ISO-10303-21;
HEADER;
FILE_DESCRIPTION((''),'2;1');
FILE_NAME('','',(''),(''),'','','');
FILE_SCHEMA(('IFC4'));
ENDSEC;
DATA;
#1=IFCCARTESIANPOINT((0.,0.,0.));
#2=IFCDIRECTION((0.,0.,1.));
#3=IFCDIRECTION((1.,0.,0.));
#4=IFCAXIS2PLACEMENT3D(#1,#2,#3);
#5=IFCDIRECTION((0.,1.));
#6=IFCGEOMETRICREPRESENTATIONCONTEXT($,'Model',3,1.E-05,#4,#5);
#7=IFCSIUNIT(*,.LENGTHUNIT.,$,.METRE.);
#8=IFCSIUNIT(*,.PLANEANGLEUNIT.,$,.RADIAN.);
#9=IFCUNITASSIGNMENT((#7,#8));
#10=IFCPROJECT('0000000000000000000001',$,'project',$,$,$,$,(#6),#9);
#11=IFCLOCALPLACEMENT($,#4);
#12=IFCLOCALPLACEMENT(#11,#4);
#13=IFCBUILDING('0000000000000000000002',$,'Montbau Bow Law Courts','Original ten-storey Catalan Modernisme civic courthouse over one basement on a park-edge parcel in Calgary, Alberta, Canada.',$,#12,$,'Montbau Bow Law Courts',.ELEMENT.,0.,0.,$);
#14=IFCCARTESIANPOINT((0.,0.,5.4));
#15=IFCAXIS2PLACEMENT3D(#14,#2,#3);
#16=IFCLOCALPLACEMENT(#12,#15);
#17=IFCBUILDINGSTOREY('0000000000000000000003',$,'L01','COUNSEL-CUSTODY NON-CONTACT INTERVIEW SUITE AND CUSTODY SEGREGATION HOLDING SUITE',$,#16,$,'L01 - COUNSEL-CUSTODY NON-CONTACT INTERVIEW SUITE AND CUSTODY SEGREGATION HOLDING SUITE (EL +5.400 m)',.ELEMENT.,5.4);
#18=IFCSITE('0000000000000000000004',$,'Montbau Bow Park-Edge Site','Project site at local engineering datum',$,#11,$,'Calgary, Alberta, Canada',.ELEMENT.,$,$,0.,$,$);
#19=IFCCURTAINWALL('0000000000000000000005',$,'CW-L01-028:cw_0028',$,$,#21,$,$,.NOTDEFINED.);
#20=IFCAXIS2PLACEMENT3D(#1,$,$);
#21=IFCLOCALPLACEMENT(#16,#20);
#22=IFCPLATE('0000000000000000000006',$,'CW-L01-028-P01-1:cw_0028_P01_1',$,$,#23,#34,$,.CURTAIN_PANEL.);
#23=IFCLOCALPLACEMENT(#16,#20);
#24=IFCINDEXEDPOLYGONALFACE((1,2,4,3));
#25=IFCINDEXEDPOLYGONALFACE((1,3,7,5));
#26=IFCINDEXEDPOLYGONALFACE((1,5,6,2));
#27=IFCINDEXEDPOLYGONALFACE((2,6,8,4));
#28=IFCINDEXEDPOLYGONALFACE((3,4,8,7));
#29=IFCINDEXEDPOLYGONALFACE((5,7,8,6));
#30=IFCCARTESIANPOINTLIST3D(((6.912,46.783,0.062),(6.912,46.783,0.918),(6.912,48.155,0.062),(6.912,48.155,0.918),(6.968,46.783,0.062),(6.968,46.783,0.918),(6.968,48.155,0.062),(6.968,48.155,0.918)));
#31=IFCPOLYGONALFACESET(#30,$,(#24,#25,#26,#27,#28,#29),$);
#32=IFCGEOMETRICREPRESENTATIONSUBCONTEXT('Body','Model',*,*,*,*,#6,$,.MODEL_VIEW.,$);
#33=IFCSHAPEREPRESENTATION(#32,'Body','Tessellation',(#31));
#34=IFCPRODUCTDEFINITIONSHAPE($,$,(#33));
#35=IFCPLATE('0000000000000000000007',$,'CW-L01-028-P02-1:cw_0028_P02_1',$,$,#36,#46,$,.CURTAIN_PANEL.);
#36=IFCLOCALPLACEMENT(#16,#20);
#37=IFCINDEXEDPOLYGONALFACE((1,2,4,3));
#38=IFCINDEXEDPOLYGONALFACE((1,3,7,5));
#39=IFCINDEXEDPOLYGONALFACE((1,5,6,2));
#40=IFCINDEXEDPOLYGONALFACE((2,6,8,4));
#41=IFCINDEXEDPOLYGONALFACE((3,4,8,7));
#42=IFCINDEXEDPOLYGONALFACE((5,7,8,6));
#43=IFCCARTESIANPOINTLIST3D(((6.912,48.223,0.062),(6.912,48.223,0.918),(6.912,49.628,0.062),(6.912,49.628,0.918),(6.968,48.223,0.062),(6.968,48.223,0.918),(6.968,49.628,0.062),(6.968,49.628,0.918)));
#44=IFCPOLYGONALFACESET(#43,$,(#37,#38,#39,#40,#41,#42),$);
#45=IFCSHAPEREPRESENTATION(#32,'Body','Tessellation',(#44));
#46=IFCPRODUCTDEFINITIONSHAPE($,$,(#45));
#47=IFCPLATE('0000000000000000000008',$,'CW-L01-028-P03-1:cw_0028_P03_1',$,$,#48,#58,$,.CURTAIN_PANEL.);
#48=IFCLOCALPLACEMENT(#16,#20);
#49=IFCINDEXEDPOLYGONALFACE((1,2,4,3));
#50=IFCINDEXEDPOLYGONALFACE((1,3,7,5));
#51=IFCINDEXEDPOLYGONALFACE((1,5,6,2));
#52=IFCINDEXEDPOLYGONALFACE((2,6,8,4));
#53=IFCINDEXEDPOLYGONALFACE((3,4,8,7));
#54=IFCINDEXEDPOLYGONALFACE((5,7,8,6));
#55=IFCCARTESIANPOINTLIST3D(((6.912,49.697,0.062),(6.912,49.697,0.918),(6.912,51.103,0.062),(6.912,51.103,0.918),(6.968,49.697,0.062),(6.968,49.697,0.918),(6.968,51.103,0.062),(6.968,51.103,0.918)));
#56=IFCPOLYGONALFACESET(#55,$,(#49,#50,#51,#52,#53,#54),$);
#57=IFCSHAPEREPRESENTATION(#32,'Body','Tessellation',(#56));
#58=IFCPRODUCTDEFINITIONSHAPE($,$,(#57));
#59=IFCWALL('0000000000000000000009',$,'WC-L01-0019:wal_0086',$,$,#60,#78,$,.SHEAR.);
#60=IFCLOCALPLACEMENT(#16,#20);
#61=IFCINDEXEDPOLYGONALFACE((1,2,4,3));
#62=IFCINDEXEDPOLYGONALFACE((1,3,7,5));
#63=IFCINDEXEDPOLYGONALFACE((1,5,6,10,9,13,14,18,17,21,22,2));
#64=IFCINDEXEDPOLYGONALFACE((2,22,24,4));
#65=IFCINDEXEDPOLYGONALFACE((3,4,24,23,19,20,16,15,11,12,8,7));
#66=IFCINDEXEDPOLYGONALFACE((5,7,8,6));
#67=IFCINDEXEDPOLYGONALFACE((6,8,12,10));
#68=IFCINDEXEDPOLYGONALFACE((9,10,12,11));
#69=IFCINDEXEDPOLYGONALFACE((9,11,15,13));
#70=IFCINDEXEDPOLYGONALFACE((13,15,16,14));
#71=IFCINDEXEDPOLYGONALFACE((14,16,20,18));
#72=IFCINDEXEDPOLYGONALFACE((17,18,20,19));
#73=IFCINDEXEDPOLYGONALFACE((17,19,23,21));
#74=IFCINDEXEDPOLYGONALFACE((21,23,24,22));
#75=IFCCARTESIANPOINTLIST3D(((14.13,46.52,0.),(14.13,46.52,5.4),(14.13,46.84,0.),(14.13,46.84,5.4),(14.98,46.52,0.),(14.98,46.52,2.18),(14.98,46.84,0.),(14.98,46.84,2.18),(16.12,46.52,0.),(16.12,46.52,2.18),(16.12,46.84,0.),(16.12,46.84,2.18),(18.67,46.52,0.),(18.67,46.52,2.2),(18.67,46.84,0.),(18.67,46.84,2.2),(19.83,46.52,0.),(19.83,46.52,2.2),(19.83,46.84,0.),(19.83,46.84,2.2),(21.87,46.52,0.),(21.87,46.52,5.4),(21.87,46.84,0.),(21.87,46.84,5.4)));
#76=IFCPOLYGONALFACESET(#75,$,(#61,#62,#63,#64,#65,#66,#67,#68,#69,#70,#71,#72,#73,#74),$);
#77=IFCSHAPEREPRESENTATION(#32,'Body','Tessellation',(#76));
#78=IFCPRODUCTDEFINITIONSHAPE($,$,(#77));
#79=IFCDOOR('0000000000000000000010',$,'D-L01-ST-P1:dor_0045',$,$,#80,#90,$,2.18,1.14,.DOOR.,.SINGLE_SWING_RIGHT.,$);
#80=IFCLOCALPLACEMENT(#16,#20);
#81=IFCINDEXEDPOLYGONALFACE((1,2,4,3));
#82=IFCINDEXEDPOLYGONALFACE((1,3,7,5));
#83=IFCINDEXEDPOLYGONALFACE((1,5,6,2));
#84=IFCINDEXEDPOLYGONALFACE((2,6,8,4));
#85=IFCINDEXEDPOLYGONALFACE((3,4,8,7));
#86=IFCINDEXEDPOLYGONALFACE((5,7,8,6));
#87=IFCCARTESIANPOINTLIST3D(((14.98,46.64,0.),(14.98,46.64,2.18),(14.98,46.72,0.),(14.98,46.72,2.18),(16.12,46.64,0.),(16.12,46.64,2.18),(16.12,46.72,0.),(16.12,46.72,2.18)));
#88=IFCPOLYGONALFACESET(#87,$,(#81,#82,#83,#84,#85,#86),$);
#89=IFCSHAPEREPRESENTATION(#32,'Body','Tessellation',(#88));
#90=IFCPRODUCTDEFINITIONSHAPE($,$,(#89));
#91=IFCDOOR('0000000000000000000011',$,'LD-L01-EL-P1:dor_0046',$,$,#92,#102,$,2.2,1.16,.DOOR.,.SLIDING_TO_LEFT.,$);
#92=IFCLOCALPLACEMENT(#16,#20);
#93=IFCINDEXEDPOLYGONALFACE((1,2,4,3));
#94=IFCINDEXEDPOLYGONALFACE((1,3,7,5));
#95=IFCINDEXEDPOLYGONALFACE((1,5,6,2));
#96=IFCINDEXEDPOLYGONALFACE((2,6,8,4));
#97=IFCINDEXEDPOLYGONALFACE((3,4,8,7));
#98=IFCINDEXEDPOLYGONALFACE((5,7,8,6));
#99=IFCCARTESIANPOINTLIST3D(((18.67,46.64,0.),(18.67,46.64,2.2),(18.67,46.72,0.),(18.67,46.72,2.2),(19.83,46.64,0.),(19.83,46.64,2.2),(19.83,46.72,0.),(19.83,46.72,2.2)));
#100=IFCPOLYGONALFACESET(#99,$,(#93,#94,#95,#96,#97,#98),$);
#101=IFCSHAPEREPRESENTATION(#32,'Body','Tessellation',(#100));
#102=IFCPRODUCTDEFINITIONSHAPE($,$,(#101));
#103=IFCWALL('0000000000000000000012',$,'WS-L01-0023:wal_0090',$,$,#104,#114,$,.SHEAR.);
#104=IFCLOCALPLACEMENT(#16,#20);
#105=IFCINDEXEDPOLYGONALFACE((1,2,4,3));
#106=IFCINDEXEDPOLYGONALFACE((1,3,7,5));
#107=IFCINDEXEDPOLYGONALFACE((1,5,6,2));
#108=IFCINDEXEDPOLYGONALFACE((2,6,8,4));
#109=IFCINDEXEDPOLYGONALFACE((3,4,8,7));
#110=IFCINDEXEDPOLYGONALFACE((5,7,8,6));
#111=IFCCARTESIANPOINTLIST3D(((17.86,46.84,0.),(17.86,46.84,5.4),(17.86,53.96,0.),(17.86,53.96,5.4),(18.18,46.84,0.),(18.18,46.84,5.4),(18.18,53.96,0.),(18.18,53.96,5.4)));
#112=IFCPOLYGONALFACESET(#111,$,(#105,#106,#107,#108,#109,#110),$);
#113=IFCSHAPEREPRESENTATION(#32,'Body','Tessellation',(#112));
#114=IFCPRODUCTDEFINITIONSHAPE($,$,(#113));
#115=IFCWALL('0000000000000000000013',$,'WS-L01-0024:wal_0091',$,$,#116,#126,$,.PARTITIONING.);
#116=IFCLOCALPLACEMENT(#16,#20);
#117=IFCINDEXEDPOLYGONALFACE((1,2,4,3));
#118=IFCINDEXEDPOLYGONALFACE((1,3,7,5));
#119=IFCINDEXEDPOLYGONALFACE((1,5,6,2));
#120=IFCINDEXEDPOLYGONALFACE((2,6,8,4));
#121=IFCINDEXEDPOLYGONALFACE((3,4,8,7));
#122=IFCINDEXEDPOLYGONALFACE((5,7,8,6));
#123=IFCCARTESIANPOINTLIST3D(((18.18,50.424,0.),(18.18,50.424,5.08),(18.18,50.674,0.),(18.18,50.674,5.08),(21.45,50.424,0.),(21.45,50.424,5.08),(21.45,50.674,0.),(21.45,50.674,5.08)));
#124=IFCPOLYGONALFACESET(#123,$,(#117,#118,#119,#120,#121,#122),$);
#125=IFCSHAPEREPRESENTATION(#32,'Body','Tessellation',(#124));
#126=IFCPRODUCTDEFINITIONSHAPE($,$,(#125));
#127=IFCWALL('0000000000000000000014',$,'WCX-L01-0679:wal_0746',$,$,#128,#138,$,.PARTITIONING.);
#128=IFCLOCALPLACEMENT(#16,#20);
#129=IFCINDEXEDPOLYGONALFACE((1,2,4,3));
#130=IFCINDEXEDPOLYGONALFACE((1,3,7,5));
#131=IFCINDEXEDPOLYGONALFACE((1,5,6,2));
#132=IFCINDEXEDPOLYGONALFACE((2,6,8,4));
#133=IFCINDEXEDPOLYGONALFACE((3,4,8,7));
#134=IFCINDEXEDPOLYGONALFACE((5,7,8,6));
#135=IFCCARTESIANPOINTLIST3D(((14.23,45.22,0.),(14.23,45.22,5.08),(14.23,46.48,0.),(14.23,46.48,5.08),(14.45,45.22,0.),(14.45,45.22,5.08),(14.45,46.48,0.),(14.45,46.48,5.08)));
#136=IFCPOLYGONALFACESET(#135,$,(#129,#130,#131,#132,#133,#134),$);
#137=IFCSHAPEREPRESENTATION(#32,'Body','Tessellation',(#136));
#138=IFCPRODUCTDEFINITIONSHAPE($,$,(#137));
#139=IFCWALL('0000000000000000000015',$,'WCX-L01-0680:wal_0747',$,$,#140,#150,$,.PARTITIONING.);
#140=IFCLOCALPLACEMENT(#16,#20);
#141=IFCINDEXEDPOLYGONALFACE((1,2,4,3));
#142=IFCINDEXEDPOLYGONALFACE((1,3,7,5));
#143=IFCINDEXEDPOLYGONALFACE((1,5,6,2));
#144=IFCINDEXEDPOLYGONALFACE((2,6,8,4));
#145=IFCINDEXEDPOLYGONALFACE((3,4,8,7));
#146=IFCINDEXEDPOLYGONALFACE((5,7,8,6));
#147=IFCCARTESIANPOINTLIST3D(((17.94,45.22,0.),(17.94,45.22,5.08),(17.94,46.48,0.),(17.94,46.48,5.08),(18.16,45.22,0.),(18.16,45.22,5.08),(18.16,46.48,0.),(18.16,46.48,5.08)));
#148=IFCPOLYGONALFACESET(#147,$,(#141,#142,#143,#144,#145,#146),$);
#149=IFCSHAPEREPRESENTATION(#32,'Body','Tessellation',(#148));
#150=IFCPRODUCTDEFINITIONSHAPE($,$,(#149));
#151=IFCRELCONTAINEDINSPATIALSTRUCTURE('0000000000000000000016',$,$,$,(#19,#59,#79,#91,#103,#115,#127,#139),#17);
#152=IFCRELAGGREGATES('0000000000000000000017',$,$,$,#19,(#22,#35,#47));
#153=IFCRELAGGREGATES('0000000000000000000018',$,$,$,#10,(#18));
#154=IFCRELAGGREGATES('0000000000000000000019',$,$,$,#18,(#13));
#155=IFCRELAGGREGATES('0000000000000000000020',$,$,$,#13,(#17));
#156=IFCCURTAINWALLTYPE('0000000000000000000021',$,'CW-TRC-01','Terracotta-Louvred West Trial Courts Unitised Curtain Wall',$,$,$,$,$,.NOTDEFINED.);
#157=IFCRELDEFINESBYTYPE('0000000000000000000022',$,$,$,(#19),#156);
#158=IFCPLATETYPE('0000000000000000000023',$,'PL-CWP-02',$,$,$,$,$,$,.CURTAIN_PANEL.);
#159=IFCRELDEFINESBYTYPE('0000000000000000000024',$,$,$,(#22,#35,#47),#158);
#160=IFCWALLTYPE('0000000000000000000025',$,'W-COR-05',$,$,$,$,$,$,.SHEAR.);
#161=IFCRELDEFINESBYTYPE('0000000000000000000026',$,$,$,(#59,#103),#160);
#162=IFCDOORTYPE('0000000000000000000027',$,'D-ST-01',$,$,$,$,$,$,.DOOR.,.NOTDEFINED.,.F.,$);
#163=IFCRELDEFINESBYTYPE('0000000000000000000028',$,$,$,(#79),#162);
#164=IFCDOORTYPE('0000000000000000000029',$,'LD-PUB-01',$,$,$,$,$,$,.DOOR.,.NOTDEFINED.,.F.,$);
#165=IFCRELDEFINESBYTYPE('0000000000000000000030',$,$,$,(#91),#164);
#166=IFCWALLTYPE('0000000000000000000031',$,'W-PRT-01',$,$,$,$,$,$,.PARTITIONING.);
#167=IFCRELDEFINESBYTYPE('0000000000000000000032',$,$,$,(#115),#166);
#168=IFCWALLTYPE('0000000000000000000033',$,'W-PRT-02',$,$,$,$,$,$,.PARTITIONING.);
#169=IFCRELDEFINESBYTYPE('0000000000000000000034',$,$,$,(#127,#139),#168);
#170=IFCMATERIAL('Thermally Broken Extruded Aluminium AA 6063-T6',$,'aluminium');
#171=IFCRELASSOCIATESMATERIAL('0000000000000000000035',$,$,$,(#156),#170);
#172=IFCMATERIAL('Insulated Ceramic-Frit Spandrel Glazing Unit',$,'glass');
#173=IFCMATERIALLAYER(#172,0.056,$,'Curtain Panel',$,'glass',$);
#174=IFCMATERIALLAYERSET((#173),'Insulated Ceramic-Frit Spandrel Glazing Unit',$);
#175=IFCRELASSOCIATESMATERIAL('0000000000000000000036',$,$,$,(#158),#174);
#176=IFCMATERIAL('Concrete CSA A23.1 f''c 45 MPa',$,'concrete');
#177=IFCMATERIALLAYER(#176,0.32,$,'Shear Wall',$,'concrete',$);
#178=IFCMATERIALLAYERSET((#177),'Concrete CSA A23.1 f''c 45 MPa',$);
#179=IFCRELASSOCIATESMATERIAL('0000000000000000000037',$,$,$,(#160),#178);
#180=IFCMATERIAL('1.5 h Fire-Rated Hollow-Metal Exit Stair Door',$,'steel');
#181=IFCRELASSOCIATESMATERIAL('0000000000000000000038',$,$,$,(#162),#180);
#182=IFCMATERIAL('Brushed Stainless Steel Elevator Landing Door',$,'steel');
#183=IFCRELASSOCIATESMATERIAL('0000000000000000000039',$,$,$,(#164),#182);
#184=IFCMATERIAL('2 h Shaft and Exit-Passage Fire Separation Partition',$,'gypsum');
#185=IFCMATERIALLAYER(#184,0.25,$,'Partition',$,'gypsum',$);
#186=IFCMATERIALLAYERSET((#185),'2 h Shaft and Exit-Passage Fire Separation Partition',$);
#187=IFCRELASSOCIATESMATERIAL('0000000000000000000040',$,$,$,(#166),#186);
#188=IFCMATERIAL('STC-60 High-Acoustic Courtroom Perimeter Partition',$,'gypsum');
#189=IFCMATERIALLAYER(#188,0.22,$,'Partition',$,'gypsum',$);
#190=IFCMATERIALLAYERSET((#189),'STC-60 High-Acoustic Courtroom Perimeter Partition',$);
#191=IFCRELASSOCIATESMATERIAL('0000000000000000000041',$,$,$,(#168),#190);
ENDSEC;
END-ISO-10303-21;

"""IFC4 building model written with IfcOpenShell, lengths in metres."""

from ifc_helpers import new_model, si_unit, direction, frame, frame_2d, origin_with_axes, place, context, subcontext, project, spatial, rectangle, extrude, material, layer, layer_set, type_object, element, fill, aggregate, save


model = new_model("IFC4")

# Units and contexts
model_context = context("Model", 3, precision=1e-05, world=origin_with_axes(), true_north=direction((0.0, 1.0)))
body_context = subcontext(model_context, "Body", "Model", "MODEL_VIEW")
ifc_project = project(units=[si_unit("LENGTHUNIT", "METRE"), si_unit("PLANEANGLEUNIT", "RADIAN")], contexts=[model_context])

# Site, building, storey
site_placement = place(None, origin_with_axes())
site = spatial("IfcSite", under=ifc_project, at=site_placement, Name="Montbau Bow Park-Edge Site", Description="Project site at local engineering datum", LongName="Calgary, Alberta, Canada", CompositionType="ELEMENT", RefElevation=0.0)
building_placement = place(site_placement, origin_with_axes())
building = spatial("IfcBuilding", under=site, at=building_placement, Name="Montbau Bow Law Courts", Description="Original ten-storey Catalan Modernisme civic courthouse over one basement on a park-edge parcel in Calgary, Alberta, Canada.", LongName="Montbau Bow Law Courts", CompositionType="ELEMENT", ElevationOfRefHeight=0.0, ElevationOfTerrain=0.0)
storey_placement = place(building_placement, frame((0.0, 0.0, 5.4), z_axis=(0.0, 0.0, 1.0), x_axis=(1.0, 0.0, 0.0)))
storey = spatial("IfcBuildingStorey", under=building, at=storey_placement, Name="L01", Description="COUNSEL-CUSTODY NON-CONTACT INTERVIEW SUITE AND CUSTODY SEGREGATION HOLDING SUITE", LongName="L01 - COUNSEL-CUSTODY NON-CONTACT INTERVIEW SUITE AND CUSTODY SEGREGATION HOLDING SUITE (EL +5.400 m)", CompositionType="ELEMENT", Elevation=5.4)

# Shared definitions
ifc_material_1 = material(Name="Thermally Broken Extruded Aluminium AA 6063-T6", Category="aluminium")
curtain_wall_type = type_object("IfcCurtainWallType", Name="CW-TRC-01", Description="Terracotta-Louvred West Trial Courts Unitised Curtain Wall", PredefinedType="NOTDEFINED", material=ifc_material_1)

# Curtain wall, plates
curtain_wall_1_placement = place(None, frame((6.94, 46.715, 5.4), z_axis=(0.0, 0.0, 1.0), x_axis=(1.0, 0.0, 0.0)))
curtain_wall_1 = element("IfcCurtainWall", 1, at=curtain_wall_1_placement, inside=storey, type_object=curtain_wall_type, Name="CW-L01-028:cw_0028", PredefinedType="NOTDEFINED")
ifc_material_2 = material(Name="Insulated Ceramic-Frit Spandrel Glazing Unit", Category="glass")
ifc_layer_1 = layer(ifc_material_2, 0.056, Name="Curtain Panel", Category="glass")
ifc_layer_set_1 = layer_set([ifc_layer_1], Name="Insulated Ceramic-Frit Spandrel Glazing Unit")
plate_type_1 = type_object("IfcPlateType", Name="PL-CWP-02", PredefinedType="CURTAIN_PANEL", material=ifc_layer_set_1)
plate_1_placement = place(None, frame((6.94, 46.783, 5.462), z_axis=(1.0, 0.0, 0.0), x_axis=(0.0, 1.0, 0.0)))
plate_1 = element("IfcPlate", 2, at=plate_1_placement, type_object=plate_type_1, Name="CW-L01-028-P01-1:cw_0028_P01_1", PredefinedType="CURTAIN_PANEL", context=body_context, shape_type="SweptSolid", body=[
    extrude(rectangle(XDim=1.372, YDim=0.856, at=frame_2d((0.686, 0.428), x_axis=(1.0, 0.0))), frame((0.0, 0.0, -0.028), z_axis=(0.0, 0.0, 1.0), x_axis=(1.0, 0.0, 0.0)), (0.0, 0.0, 1.0), 0.056),
])
plate_2_placement = place(None, frame((6.94, 48.223, 5.462), z_axis=(1.0, 0.0, 0.0), x_axis=(0.0, 1.0, 0.0)))
plate_2 = element("IfcPlate", 3, at=plate_2_placement, type_object=plate_type_1, Name="CW-L01-028-P02-1:cw_0028_P02_1", PredefinedType="CURTAIN_PANEL", context=body_context, shape_type="SweptSolid", body=[
    extrude(rectangle(XDim=1.405, YDim=0.856, at=frame_2d((0.7025, 0.428), x_axis=(1.0, 0.0))), frame((0.0, 0.0, -0.028), z_axis=(0.0, 0.0, 1.0), x_axis=(1.0, 0.0, 0.0)), (0.0, 0.0, 1.0), 0.056),
])
plate_3_placement = place(None, frame((6.94, 49.697, 5.462), z_axis=(1.0, 0.0, 0.0), x_axis=(0.0, 1.0, 0.0)))
plate_3 = element("IfcPlate", 4, at=plate_3_placement, type_object=plate_type_1, Name="CW-L01-028-P03-1:cw_0028_P03_1", PredefinedType="CURTAIN_PANEL", context=body_context, shape_type="SweptSolid", body=[
    extrude(rectangle(XDim=1.406, YDim=0.856, at=frame_2d((0.703, 0.428), x_axis=(1.0, 0.0))), frame((0.0, 0.0, -0.028), z_axis=(0.0, 0.0, 1.0), x_axis=(1.0, 0.0, 0.0)), (0.0, 0.0, 1.0), 0.056),
])
aggregate(curtain_wall_1, [plate_1, plate_2, plate_3])

# Wall, openings, doors
ifc_material_3 = material(Name="Concrete CSA A23.1 f'c 45 MPa", Category="concrete")
ifc_layer_2 = layer(ifc_material_3, 0.32, Name="Shear Wall", Category="concrete")
ifc_layer_set_2 = layer_set([ifc_layer_2], Name="Concrete CSA A23.1 f'c 45 MPa")
wall_type_1 = type_object("IfcWallType", Name="W-COR-05", PredefinedType="SHEAR", material=ifc_layer_set_2)
wall_1_placement = place(None, frame((14.13, 46.68, 5.4), z_axis=(0.0, 0.0, 1.0), x_axis=(1.0, 0.0, 0.0)))
wall_1 = element("IfcWall", 5, at=wall_1_placement, inside=storey, type_object=wall_type_1, Name="WC-L01-0019:wal_0086", PredefinedType="SHEAR", context=body_context, shape_type="SweptSolid", body=[
    extrude(rectangle(XDim=7.74, YDim=0.32, at=frame_2d((3.87, 0.0), x_axis=(1.0, 0.0))), origin_with_axes(), (0.0, 0.0, 1.0), 5.4),
])
opening_1_placement = place(None, frame((15.55, 46.68, 5.4), z_axis=(0.0, 0.0, 1.0), x_axis=(1.0, 0.0, 0.0)))
opening_1 = element("IfcOpeningElement", 6, at=opening_1_placement, cuts=wall_1, PredefinedType="OPENING", context=body_context, shape_type="SweptSolid", body=[
    extrude(rectangle(XDim=1.14, YDim=2.18, at=frame_2d((0.0, 1.09), x_axis=(1.0, 0.0))), frame((0.0, 0.17, 0.0), z_axis=(0.0, -1.0, 0.0), x_axis=(1.0, 0.0, 0.0)), (0.0, 0.0, 1.0), 0.34),
])
opening_2_placement = place(None, frame((19.25, 46.68, 5.4), z_axis=(0.0, 0.0, 1.0), x_axis=(1.0, 0.0, 0.0)))
opening_2 = element("IfcOpeningElement", 7, at=opening_2_placement, cuts=wall_1, PredefinedType="OPENING", context=body_context, shape_type="SweptSolid", body=[
    extrude(rectangle(XDim=1.16, YDim=2.2, at=frame_2d((0.0, 1.1), x_axis=(1.0, 0.0))), frame((0.0, 0.17, 0.0), z_axis=(0.0, -1.0, 0.0), x_axis=(1.0, 0.0, 0.0)), (0.0, 0.0, 1.0), 0.34),
])
ifc_material_4 = material(Name="1.5 h Fire-Rated Hollow-Metal Exit Stair Door", Category="steel")
door_type_1 = type_object("IfcDoorType", Name="D-ST-01", OperationType="NOTDEFINED", ParameterTakesPrecedence=False, PredefinedType="DOOR", material=ifc_material_4)
door_1_placement = place(None, frame((15.55, 46.68, 5.4), z_axis=(0.0, 0.0, 1.0), x_axis=(-1.0, 0.0, 0.0)))
door_1 = element("IfcDoor", 8, at=door_1_placement, inside=storey, type_object=door_type_1, Name="D-L01-ST-P1:dor_0045", OperationType="SINGLE_SWING_RIGHT", OverallHeight=2.18, OverallWidth=1.14, PredefinedType="DOOR", context=body_context, shape_type="SweptSolid", body=[
    extrude(rectangle(XDim=1.14, YDim=2.18, at=frame_2d((0.0, 1.09), x_axis=(1.0, 0.0))), frame((0.0, 0.04, 0.0), z_axis=(0.0, -1.0, 0.0), x_axis=(1.0, 0.0, 0.0)), (0.0, 0.0, 1.0), 0.08),
])
fill(opening_1, door_1)
ifc_material_5 = material(Name="Brushed Stainless Steel Elevator Landing Door", Category="steel")
door_type_2 = type_object("IfcDoorType", Name="LD-PUB-01", OperationType="NOTDEFINED", ParameterTakesPrecedence=False, PredefinedType="DOOR", material=ifc_material_5)
door_2_placement = place(None, frame((19.25, 46.68, 5.4), z_axis=(0.0, 0.0, 1.0), x_axis=(-1.0, 0.0, 0.0)))
door_2 = element("IfcDoor", 9, at=door_2_placement, inside=storey, type_object=door_type_2, Name="LD-L01-EL-P1:dor_0046", OperationType="SLIDING_TO_LEFT", OverallHeight=2.2, OverallWidth=1.16, PredefinedType="DOOR", context=body_context, shape_type="SweptSolid", body=[
    extrude(rectangle(XDim=1.16, YDim=2.2, at=frame_2d((0.0, 1.1), x_axis=(1.0, 0.0))), frame((0.0, 0.04, 0.0), z_axis=(0.0, -1.0, 0.0), x_axis=(1.0, 0.0, 0.0)), (0.0, 0.0, 1.0), 0.08),
])
fill(opening_2, door_2)

# Walls
wall_2_placement = place(None, frame((18.02, 46.84, 5.4), z_axis=(0.0, 0.0, 1.0), x_axis=(0.0, 1.0, 0.0)))
element("IfcWall", 10, at=wall_2_placement, inside=storey, type_object=wall_type_1, Name="WS-L01-0023:wal_0090", PredefinedType="SHEAR", context=body_context, shape_type="SweptSolid", body=[
    extrude(rectangle(XDim=7.12, YDim=0.32, at=frame_2d((3.56, 0.0), x_axis=(1.0, 0.0))), origin_with_axes(), (0.0, 0.0, 1.0), 5.4),
])
ifc_material_6 = material(Name="2 h Shaft and Exit-Passage Fire Separation Partition", Category="gypsum")
ifc_layer_3 = layer(ifc_material_6, 0.25, Name="Partition", Category="gypsum")
ifc_layer_set_3 = layer_set([ifc_layer_3], Name="2 h Shaft and Exit-Passage Fire Separation Partition")
wall_type_2 = type_object("IfcWallType", Name="W-PRT-01", PredefinedType="PARTITIONING", material=ifc_layer_set_3)
wall_3_placement = place(None, frame((18.18, 50.549, 5.4), z_axis=(0.0, 0.0, 1.0), x_axis=(1.0, 0.0, 0.0)))
element("IfcWall", 11, at=wall_3_placement, inside=storey, type_object=wall_type_2, Name="WS-L01-0024:wal_0091", PredefinedType="PARTITIONING", context=body_context, shape_type="SweptSolid", body=[
    extrude(rectangle(XDim=3.27, YDim=0.25, at=frame_2d((1.635, 0.0), x_axis=(1.0, 0.0))), origin_with_axes(), (0.0, 0.0, 1.0), 5.08),
])
ifc_material_7 = material(Name="STC-60 High-Acoustic Courtroom Perimeter Partition", Category="gypsum")
ifc_layer_4 = layer(ifc_material_7, 0.22, Name="Partition", Category="gypsum")
ifc_layer_set_4 = layer_set([ifc_layer_4], Name="STC-60 High-Acoustic Courtroom Perimeter Partition")
wall_type_3 = type_object("IfcWallType", Name="W-PRT-02", PredefinedType="PARTITIONING", material=ifc_layer_set_4)
for number, where, z_axis, x_axis, name in (
    (12, (14.34, 45.22, 5.4), (0.0, 0.0, 1.0), (0.0, 1.0, 0.0), "WCX-L01-0679:wal_0746"),
    (13, (18.05, 45.22, 5.4), (0.0, 0.0, 1.0), (0.0, 1.0, 0.0), "WCX-L01-0680:wal_0747"),
):
    element("IfcWall", number, at=place(None, frame(where, z_axis=z_axis, x_axis=x_axis)), inside=storey, type_object=wall_type_3, Name=name, PredefinedType="PARTITIONING", context=body_context, shape_type="SweptSolid", body=[
        extrude(rectangle(XDim=1.26, YDim=0.22, at=frame_2d((0.63, 0.0), x_axis=(1.0, 0.0))), origin_with_axes(), (0.0, 0.0, 1.0), 5.08),
    ])

save(model, "model.ifc")
